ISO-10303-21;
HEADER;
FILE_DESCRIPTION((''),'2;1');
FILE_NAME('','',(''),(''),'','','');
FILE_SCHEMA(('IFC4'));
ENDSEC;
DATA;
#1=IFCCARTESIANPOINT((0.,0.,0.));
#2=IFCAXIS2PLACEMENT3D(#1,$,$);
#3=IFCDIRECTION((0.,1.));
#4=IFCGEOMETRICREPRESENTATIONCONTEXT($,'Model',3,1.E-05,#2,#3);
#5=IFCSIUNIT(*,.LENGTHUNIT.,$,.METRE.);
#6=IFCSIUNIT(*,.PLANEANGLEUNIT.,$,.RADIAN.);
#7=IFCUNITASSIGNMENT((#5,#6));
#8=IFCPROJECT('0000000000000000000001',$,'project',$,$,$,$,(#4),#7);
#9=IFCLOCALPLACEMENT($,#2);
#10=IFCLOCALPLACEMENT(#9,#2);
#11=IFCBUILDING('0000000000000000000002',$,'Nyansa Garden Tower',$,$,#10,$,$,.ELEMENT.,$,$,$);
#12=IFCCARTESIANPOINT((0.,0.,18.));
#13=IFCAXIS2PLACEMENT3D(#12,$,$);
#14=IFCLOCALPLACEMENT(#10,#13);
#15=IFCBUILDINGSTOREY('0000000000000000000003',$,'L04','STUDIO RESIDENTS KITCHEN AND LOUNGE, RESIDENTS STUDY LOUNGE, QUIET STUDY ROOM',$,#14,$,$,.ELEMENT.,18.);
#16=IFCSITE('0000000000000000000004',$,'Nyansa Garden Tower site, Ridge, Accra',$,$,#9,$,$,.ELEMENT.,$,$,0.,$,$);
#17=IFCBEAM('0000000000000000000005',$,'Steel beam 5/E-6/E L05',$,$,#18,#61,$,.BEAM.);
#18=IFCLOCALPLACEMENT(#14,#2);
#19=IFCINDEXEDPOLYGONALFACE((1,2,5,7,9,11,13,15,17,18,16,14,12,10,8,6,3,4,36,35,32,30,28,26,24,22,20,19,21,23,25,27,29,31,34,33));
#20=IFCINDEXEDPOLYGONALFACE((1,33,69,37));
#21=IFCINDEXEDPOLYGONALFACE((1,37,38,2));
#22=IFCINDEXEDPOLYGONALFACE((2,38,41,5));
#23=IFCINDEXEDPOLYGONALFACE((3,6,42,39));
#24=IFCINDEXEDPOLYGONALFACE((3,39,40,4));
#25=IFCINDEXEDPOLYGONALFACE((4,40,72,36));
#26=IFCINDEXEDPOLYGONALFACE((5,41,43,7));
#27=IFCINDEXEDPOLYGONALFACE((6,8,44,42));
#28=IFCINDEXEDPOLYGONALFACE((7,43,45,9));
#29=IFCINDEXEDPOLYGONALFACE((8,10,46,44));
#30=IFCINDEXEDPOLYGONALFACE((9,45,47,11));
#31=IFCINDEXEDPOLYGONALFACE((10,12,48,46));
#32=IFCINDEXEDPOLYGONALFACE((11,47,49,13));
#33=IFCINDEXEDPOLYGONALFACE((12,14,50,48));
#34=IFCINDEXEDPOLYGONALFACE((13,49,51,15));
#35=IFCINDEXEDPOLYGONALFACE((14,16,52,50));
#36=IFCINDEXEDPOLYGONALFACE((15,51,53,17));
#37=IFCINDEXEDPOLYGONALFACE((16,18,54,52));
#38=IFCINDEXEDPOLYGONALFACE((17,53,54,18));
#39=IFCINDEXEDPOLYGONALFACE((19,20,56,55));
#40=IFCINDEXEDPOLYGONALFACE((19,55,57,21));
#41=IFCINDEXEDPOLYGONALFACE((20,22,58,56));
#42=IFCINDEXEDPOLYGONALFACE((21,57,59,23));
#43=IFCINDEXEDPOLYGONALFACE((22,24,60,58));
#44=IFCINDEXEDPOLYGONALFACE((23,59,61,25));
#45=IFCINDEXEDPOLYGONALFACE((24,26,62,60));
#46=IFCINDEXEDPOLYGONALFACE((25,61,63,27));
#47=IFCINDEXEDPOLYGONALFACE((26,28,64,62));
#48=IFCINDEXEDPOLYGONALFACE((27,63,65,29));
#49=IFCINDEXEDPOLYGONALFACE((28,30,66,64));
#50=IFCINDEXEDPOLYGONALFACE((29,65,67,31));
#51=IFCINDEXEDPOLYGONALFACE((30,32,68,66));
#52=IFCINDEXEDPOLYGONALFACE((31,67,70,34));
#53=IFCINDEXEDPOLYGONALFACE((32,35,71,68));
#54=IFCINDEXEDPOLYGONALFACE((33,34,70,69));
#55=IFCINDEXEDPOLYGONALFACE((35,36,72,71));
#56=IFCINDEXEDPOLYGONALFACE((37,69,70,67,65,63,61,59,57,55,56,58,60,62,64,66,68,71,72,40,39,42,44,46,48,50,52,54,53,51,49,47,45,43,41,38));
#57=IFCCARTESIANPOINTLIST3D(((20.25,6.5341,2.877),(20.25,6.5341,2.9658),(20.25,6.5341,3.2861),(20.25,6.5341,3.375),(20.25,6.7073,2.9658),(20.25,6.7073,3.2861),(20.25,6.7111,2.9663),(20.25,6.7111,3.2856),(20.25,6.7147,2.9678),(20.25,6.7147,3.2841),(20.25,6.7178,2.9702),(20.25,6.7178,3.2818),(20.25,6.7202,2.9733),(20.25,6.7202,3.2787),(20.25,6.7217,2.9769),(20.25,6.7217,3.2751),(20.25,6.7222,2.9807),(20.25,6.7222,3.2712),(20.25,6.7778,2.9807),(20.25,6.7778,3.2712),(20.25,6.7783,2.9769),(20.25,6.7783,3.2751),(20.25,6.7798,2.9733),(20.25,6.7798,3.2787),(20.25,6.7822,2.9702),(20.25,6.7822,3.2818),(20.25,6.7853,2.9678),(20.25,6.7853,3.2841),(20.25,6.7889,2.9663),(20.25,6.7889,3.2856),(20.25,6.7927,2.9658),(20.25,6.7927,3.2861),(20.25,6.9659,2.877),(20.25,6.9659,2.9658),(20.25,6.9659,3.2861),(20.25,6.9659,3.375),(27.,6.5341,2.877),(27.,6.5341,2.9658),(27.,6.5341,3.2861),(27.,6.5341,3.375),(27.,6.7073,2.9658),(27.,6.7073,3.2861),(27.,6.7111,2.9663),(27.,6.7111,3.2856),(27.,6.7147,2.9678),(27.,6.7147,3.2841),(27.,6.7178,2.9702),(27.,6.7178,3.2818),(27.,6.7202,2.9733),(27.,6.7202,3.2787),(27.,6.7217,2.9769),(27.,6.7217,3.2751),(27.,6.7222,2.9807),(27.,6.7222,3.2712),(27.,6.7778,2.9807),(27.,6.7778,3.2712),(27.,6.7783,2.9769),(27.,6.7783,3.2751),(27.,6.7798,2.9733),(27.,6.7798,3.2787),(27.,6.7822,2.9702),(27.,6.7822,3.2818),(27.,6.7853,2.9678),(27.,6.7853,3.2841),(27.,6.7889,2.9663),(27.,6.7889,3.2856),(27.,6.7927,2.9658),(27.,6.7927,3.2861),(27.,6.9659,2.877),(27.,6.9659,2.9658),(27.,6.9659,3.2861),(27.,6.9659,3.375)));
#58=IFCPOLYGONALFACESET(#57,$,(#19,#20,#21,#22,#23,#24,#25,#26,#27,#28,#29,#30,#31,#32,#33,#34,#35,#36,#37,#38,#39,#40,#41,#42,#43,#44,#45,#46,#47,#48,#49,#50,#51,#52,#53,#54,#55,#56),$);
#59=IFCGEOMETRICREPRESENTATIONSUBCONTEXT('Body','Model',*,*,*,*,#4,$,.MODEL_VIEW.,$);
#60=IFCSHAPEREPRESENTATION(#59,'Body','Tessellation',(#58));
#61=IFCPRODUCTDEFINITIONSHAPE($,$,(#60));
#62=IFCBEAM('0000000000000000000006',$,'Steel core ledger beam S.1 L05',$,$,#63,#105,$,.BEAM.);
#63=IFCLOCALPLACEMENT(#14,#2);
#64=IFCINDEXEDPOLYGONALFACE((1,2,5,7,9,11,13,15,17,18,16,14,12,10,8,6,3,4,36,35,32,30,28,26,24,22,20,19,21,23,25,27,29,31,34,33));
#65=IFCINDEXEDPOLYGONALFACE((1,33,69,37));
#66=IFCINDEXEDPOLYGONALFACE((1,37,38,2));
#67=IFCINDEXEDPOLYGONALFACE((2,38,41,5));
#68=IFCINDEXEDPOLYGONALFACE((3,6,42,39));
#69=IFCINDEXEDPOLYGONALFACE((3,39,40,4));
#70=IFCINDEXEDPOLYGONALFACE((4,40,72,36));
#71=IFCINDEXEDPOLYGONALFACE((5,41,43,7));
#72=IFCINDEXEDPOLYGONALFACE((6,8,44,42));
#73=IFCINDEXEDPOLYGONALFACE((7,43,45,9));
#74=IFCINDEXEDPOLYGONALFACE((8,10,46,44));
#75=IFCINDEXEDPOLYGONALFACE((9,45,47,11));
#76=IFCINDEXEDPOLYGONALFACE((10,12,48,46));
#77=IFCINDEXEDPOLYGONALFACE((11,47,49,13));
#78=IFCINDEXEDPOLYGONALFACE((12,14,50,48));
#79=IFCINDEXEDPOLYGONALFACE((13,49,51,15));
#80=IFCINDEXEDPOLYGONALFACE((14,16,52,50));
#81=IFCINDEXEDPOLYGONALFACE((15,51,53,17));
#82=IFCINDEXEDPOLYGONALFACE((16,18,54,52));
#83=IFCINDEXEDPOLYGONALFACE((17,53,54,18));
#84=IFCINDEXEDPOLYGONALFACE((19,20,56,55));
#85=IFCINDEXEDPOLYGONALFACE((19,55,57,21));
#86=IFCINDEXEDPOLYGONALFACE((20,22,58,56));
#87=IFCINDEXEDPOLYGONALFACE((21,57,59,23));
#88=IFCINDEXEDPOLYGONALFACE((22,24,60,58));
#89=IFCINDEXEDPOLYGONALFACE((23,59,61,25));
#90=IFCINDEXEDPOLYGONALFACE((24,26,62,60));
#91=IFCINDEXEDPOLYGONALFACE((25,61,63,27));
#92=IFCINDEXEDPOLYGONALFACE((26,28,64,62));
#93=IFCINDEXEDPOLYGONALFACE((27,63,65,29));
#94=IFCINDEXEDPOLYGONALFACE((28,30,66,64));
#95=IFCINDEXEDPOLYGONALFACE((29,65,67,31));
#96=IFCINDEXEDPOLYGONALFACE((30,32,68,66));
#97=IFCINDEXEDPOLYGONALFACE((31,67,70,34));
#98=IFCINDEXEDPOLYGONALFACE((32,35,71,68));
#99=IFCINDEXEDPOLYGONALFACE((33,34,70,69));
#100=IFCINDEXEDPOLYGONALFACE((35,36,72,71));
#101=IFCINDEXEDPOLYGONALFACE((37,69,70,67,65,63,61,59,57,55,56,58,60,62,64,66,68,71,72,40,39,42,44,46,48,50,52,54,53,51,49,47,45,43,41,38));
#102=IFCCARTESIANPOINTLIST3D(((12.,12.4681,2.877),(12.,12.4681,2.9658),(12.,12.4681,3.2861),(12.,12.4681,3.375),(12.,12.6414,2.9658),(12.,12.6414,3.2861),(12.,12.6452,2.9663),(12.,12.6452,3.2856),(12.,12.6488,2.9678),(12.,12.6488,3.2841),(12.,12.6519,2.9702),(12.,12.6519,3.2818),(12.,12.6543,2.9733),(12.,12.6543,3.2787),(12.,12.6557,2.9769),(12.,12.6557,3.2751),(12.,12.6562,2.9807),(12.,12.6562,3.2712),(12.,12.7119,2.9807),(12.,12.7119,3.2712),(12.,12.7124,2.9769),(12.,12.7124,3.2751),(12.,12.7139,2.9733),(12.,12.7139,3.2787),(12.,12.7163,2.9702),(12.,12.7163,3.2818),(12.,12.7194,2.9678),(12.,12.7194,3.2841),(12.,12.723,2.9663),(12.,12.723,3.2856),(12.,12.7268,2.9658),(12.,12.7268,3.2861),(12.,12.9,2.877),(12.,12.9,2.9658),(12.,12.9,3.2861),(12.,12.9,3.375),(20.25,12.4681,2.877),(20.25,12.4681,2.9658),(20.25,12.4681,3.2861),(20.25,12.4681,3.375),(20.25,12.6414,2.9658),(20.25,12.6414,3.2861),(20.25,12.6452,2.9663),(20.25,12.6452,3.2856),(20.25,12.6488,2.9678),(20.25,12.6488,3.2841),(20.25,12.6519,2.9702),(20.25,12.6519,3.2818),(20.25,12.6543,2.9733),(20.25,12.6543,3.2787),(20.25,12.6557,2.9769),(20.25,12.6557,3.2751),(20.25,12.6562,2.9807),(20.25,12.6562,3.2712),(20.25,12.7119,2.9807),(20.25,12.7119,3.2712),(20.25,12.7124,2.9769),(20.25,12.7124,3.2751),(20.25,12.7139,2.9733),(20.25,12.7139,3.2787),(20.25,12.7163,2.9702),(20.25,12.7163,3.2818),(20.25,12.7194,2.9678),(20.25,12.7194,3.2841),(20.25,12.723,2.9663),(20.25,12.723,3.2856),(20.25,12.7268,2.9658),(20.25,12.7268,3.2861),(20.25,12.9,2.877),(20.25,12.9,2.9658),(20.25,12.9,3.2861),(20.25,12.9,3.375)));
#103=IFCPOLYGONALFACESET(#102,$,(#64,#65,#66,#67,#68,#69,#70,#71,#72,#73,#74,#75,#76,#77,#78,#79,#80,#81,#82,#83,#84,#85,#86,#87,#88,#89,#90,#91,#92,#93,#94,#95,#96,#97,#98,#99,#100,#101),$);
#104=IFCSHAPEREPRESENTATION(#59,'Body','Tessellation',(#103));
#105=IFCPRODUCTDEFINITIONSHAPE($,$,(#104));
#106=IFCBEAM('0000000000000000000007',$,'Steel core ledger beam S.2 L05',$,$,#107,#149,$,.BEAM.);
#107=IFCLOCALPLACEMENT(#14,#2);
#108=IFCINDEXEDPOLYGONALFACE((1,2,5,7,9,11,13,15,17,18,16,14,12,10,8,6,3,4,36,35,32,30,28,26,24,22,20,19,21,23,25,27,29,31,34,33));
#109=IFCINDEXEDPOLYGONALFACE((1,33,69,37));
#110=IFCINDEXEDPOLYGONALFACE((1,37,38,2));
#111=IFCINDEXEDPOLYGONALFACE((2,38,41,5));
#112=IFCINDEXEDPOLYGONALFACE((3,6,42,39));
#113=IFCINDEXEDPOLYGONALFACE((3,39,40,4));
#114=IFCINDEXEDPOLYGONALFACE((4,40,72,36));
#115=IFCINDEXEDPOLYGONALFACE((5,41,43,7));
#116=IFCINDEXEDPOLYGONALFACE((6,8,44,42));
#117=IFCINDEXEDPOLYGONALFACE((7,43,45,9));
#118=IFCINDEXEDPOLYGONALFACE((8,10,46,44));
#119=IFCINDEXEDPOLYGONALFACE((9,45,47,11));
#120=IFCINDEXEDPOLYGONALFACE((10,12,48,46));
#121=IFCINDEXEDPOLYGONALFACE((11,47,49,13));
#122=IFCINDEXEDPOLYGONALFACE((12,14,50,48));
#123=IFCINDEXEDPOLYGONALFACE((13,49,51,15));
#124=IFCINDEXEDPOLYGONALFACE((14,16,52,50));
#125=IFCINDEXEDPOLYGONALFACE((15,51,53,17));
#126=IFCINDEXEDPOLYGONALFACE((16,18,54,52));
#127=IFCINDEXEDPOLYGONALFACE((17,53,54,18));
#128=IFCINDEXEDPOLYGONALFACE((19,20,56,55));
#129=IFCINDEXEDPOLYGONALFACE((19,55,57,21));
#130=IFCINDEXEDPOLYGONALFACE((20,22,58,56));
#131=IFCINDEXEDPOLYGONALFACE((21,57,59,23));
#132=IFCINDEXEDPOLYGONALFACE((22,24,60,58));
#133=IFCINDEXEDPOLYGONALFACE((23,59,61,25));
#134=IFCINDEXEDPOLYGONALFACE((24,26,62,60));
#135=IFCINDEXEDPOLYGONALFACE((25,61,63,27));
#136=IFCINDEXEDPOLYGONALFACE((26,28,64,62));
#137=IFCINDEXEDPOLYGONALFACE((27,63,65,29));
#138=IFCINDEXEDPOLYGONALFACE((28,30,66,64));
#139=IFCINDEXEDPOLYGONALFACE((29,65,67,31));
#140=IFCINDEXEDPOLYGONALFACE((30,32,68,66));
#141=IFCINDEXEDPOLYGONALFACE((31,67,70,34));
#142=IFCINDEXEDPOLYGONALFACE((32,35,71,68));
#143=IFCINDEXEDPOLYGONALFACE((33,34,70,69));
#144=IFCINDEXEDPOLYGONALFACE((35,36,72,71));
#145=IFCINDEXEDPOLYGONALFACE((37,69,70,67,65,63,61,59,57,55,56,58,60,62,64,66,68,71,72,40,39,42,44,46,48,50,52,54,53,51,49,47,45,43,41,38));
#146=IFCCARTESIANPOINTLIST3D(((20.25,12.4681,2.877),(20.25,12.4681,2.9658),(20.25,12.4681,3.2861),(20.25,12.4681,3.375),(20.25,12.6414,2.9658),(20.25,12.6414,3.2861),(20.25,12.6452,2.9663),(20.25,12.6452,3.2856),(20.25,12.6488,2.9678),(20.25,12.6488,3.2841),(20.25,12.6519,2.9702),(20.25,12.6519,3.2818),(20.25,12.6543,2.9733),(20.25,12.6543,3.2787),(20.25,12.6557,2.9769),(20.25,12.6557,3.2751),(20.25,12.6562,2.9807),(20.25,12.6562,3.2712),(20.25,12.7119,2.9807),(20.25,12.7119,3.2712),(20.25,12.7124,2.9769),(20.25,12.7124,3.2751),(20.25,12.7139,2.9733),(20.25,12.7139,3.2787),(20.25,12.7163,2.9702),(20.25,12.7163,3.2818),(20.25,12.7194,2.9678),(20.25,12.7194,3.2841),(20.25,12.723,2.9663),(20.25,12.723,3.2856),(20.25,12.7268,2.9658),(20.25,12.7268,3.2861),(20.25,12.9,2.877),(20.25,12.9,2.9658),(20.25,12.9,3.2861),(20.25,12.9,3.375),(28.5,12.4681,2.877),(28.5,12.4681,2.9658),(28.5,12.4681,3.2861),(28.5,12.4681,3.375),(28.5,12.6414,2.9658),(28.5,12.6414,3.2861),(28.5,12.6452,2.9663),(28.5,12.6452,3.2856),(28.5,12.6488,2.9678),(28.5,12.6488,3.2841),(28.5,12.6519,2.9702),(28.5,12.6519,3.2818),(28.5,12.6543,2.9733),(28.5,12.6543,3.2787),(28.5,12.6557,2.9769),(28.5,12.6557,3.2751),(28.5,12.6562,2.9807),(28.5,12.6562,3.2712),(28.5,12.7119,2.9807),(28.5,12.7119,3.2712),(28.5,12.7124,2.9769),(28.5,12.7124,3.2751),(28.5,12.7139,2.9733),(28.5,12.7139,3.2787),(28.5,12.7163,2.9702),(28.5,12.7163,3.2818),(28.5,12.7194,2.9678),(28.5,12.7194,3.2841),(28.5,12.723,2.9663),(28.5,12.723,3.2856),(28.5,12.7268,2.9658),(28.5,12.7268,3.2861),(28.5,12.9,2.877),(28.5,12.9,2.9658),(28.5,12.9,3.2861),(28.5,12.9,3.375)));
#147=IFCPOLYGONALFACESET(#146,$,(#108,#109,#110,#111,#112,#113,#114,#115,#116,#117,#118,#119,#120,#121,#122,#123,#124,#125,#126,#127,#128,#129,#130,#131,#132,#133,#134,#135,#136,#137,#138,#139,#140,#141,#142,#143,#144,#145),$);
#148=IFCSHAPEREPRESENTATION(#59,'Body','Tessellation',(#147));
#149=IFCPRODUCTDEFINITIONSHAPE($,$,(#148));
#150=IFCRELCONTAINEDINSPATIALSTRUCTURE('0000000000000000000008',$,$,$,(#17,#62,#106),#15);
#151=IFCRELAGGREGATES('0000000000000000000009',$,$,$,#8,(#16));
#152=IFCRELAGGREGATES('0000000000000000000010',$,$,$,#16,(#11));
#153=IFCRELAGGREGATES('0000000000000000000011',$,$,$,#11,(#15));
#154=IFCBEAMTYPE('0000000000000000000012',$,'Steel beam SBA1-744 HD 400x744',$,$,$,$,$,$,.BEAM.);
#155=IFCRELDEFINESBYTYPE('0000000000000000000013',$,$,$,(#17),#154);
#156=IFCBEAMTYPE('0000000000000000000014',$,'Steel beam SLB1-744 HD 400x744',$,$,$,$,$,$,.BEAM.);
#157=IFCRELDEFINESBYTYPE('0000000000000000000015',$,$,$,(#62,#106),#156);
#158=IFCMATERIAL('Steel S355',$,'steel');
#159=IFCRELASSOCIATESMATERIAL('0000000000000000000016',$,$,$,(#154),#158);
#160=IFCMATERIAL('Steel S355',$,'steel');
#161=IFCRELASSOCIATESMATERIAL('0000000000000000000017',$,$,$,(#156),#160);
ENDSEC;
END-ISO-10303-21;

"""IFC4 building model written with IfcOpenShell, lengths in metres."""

from ifc_helpers import new_model, si_unit, direction, frame, origin, origin_2d, place, context, subcontext, project, spatial, i_section, extrude, material, material_profile, profile_set, type_object, element, save


model = new_model("IFC4")

# Units and contexts
model_context = context("Model", 3, precision=1e-05, world=origin(), true_north=direction((0.0, 1.0)))
body_context = subcontext(model_context, "Body", "Model", "MODEL_VIEW")
ifc_project = project(units=[si_unit("LENGTHUNIT", "METRE"), si_unit("PLANEANGLEUNIT", "RADIAN")], contexts=[model_context])

# Site, building, storey
site_placement = place(None, origin())
site = spatial("IfcSite", under=ifc_project, at=site_placement, Name="Nyansa Garden Tower site, Ridge, Accra", CompositionType="ELEMENT", RefElevation=0.0)
building_placement = place(site_placement, origin())
building = spatial("IfcBuilding", under=site, at=building_placement, Name="Nyansa Garden Tower", CompositionType="ELEMENT")
storey_placement = place(building_placement, frame((0.0, 0.0, 18.0)))
storey = spatial("IfcBuildingStorey", under=building, at=storey_placement, Name="L04", Description="STUDIO RESIDENTS KITCHEN AND LOUNGE, RESIDENTS STUDY LOUNGE, QUIET STUDY ROOM", CompositionType="ELEMENT", Elevation=18.0)

# Beams
ifc_material_1 = material(Name="Steel S355", Category="steel")
ifc_material_profile_1 = material_profile(ifc_material_1, i_section(OverallWidth=0.4319, OverallDepth=0.498, WebThickness=0.0557, FlangeThickness=0.0889, FilletRadius=0.0149, at=origin_2d()), Name="HD 400x744")
ifc_profile_set_1 = profile_set([ifc_material_profile_1], Name="Steel S355")
beam_type_1 = type_object("IfcBeamType", Name="Steel beam SBA1-744 HD 400x744", PredefinedType="BEAM", material=ifc_profile_set_1)
beam_1_placement = place(storey_placement, frame((20.25, 6.75, 3.126), z_axis=(1.0, 0.0, 0.0), x_axis=(0.0, 1.0, 0.0)))
element("IfcBeam", 1, at=beam_1_placement, inside=storey, type_object=beam_type_1, Name="Steel beam 5/E-6/E L05", PredefinedType="BEAM", context=body_context, shape_type="SweptSolid", body=[
    extrude(i_section(OverallWidth=0.4319, OverallDepth=0.498, WebThickness=0.0557, FlangeThickness=0.0889, FilletRadius=0.0149, at=origin_2d()), origin(), (0.0, 0.0, 1.0), 6.75),
])
ifc_material_2 = material(Name="Steel S355", Category="steel")
ifc_material_profile_2 = material_profile(ifc_material_2, i_section(OverallWidth=0.4319, OverallDepth=0.498, WebThickness=0.0557, FlangeThickness=0.0889, FilletRadius=0.0149, at=origin_2d()), Name="HD 400x744")
ifc_profile_set_2 = profile_set([ifc_material_profile_2], Name="Steel S355")
beam_type_2 = type_object("IfcBeamType", Name="Steel beam SLB1-744 HD 400x744", PredefinedType="BEAM", material=ifc_profile_set_2)
for number, where, z_axis, x_axis, name in (
    (2, (12.0, 12.6841, 3.126), (1.0, 0.0, 0.0), (0.0, 1.0, 0.0), "Steel core ledger beam S.1 L05"),
    (3, (20.25, 12.6841, 3.126), (1.0, 0.0, 0.0), (0.0, 1.0, 0.0), "Steel core ledger beam S.2 L05"),
):
    element("IfcBeam", number, at=place(storey_placement, frame(where, z_axis=z_axis, x_axis=x_axis)), inside=storey, type_object=beam_type_2, Name=name, PredefinedType="BEAM", context=body_context, shape_type="SweptSolid", body=[
        extrude(i_section(OverallWidth=0.4319, OverallDepth=0.498, WebThickness=0.0557, FlangeThickness=0.0889, FilletRadius=0.0149, at=origin_2d()), origin(), (0.0, 0.0, 1.0), 8.25),
    ])

save(model, "model.ifc")
